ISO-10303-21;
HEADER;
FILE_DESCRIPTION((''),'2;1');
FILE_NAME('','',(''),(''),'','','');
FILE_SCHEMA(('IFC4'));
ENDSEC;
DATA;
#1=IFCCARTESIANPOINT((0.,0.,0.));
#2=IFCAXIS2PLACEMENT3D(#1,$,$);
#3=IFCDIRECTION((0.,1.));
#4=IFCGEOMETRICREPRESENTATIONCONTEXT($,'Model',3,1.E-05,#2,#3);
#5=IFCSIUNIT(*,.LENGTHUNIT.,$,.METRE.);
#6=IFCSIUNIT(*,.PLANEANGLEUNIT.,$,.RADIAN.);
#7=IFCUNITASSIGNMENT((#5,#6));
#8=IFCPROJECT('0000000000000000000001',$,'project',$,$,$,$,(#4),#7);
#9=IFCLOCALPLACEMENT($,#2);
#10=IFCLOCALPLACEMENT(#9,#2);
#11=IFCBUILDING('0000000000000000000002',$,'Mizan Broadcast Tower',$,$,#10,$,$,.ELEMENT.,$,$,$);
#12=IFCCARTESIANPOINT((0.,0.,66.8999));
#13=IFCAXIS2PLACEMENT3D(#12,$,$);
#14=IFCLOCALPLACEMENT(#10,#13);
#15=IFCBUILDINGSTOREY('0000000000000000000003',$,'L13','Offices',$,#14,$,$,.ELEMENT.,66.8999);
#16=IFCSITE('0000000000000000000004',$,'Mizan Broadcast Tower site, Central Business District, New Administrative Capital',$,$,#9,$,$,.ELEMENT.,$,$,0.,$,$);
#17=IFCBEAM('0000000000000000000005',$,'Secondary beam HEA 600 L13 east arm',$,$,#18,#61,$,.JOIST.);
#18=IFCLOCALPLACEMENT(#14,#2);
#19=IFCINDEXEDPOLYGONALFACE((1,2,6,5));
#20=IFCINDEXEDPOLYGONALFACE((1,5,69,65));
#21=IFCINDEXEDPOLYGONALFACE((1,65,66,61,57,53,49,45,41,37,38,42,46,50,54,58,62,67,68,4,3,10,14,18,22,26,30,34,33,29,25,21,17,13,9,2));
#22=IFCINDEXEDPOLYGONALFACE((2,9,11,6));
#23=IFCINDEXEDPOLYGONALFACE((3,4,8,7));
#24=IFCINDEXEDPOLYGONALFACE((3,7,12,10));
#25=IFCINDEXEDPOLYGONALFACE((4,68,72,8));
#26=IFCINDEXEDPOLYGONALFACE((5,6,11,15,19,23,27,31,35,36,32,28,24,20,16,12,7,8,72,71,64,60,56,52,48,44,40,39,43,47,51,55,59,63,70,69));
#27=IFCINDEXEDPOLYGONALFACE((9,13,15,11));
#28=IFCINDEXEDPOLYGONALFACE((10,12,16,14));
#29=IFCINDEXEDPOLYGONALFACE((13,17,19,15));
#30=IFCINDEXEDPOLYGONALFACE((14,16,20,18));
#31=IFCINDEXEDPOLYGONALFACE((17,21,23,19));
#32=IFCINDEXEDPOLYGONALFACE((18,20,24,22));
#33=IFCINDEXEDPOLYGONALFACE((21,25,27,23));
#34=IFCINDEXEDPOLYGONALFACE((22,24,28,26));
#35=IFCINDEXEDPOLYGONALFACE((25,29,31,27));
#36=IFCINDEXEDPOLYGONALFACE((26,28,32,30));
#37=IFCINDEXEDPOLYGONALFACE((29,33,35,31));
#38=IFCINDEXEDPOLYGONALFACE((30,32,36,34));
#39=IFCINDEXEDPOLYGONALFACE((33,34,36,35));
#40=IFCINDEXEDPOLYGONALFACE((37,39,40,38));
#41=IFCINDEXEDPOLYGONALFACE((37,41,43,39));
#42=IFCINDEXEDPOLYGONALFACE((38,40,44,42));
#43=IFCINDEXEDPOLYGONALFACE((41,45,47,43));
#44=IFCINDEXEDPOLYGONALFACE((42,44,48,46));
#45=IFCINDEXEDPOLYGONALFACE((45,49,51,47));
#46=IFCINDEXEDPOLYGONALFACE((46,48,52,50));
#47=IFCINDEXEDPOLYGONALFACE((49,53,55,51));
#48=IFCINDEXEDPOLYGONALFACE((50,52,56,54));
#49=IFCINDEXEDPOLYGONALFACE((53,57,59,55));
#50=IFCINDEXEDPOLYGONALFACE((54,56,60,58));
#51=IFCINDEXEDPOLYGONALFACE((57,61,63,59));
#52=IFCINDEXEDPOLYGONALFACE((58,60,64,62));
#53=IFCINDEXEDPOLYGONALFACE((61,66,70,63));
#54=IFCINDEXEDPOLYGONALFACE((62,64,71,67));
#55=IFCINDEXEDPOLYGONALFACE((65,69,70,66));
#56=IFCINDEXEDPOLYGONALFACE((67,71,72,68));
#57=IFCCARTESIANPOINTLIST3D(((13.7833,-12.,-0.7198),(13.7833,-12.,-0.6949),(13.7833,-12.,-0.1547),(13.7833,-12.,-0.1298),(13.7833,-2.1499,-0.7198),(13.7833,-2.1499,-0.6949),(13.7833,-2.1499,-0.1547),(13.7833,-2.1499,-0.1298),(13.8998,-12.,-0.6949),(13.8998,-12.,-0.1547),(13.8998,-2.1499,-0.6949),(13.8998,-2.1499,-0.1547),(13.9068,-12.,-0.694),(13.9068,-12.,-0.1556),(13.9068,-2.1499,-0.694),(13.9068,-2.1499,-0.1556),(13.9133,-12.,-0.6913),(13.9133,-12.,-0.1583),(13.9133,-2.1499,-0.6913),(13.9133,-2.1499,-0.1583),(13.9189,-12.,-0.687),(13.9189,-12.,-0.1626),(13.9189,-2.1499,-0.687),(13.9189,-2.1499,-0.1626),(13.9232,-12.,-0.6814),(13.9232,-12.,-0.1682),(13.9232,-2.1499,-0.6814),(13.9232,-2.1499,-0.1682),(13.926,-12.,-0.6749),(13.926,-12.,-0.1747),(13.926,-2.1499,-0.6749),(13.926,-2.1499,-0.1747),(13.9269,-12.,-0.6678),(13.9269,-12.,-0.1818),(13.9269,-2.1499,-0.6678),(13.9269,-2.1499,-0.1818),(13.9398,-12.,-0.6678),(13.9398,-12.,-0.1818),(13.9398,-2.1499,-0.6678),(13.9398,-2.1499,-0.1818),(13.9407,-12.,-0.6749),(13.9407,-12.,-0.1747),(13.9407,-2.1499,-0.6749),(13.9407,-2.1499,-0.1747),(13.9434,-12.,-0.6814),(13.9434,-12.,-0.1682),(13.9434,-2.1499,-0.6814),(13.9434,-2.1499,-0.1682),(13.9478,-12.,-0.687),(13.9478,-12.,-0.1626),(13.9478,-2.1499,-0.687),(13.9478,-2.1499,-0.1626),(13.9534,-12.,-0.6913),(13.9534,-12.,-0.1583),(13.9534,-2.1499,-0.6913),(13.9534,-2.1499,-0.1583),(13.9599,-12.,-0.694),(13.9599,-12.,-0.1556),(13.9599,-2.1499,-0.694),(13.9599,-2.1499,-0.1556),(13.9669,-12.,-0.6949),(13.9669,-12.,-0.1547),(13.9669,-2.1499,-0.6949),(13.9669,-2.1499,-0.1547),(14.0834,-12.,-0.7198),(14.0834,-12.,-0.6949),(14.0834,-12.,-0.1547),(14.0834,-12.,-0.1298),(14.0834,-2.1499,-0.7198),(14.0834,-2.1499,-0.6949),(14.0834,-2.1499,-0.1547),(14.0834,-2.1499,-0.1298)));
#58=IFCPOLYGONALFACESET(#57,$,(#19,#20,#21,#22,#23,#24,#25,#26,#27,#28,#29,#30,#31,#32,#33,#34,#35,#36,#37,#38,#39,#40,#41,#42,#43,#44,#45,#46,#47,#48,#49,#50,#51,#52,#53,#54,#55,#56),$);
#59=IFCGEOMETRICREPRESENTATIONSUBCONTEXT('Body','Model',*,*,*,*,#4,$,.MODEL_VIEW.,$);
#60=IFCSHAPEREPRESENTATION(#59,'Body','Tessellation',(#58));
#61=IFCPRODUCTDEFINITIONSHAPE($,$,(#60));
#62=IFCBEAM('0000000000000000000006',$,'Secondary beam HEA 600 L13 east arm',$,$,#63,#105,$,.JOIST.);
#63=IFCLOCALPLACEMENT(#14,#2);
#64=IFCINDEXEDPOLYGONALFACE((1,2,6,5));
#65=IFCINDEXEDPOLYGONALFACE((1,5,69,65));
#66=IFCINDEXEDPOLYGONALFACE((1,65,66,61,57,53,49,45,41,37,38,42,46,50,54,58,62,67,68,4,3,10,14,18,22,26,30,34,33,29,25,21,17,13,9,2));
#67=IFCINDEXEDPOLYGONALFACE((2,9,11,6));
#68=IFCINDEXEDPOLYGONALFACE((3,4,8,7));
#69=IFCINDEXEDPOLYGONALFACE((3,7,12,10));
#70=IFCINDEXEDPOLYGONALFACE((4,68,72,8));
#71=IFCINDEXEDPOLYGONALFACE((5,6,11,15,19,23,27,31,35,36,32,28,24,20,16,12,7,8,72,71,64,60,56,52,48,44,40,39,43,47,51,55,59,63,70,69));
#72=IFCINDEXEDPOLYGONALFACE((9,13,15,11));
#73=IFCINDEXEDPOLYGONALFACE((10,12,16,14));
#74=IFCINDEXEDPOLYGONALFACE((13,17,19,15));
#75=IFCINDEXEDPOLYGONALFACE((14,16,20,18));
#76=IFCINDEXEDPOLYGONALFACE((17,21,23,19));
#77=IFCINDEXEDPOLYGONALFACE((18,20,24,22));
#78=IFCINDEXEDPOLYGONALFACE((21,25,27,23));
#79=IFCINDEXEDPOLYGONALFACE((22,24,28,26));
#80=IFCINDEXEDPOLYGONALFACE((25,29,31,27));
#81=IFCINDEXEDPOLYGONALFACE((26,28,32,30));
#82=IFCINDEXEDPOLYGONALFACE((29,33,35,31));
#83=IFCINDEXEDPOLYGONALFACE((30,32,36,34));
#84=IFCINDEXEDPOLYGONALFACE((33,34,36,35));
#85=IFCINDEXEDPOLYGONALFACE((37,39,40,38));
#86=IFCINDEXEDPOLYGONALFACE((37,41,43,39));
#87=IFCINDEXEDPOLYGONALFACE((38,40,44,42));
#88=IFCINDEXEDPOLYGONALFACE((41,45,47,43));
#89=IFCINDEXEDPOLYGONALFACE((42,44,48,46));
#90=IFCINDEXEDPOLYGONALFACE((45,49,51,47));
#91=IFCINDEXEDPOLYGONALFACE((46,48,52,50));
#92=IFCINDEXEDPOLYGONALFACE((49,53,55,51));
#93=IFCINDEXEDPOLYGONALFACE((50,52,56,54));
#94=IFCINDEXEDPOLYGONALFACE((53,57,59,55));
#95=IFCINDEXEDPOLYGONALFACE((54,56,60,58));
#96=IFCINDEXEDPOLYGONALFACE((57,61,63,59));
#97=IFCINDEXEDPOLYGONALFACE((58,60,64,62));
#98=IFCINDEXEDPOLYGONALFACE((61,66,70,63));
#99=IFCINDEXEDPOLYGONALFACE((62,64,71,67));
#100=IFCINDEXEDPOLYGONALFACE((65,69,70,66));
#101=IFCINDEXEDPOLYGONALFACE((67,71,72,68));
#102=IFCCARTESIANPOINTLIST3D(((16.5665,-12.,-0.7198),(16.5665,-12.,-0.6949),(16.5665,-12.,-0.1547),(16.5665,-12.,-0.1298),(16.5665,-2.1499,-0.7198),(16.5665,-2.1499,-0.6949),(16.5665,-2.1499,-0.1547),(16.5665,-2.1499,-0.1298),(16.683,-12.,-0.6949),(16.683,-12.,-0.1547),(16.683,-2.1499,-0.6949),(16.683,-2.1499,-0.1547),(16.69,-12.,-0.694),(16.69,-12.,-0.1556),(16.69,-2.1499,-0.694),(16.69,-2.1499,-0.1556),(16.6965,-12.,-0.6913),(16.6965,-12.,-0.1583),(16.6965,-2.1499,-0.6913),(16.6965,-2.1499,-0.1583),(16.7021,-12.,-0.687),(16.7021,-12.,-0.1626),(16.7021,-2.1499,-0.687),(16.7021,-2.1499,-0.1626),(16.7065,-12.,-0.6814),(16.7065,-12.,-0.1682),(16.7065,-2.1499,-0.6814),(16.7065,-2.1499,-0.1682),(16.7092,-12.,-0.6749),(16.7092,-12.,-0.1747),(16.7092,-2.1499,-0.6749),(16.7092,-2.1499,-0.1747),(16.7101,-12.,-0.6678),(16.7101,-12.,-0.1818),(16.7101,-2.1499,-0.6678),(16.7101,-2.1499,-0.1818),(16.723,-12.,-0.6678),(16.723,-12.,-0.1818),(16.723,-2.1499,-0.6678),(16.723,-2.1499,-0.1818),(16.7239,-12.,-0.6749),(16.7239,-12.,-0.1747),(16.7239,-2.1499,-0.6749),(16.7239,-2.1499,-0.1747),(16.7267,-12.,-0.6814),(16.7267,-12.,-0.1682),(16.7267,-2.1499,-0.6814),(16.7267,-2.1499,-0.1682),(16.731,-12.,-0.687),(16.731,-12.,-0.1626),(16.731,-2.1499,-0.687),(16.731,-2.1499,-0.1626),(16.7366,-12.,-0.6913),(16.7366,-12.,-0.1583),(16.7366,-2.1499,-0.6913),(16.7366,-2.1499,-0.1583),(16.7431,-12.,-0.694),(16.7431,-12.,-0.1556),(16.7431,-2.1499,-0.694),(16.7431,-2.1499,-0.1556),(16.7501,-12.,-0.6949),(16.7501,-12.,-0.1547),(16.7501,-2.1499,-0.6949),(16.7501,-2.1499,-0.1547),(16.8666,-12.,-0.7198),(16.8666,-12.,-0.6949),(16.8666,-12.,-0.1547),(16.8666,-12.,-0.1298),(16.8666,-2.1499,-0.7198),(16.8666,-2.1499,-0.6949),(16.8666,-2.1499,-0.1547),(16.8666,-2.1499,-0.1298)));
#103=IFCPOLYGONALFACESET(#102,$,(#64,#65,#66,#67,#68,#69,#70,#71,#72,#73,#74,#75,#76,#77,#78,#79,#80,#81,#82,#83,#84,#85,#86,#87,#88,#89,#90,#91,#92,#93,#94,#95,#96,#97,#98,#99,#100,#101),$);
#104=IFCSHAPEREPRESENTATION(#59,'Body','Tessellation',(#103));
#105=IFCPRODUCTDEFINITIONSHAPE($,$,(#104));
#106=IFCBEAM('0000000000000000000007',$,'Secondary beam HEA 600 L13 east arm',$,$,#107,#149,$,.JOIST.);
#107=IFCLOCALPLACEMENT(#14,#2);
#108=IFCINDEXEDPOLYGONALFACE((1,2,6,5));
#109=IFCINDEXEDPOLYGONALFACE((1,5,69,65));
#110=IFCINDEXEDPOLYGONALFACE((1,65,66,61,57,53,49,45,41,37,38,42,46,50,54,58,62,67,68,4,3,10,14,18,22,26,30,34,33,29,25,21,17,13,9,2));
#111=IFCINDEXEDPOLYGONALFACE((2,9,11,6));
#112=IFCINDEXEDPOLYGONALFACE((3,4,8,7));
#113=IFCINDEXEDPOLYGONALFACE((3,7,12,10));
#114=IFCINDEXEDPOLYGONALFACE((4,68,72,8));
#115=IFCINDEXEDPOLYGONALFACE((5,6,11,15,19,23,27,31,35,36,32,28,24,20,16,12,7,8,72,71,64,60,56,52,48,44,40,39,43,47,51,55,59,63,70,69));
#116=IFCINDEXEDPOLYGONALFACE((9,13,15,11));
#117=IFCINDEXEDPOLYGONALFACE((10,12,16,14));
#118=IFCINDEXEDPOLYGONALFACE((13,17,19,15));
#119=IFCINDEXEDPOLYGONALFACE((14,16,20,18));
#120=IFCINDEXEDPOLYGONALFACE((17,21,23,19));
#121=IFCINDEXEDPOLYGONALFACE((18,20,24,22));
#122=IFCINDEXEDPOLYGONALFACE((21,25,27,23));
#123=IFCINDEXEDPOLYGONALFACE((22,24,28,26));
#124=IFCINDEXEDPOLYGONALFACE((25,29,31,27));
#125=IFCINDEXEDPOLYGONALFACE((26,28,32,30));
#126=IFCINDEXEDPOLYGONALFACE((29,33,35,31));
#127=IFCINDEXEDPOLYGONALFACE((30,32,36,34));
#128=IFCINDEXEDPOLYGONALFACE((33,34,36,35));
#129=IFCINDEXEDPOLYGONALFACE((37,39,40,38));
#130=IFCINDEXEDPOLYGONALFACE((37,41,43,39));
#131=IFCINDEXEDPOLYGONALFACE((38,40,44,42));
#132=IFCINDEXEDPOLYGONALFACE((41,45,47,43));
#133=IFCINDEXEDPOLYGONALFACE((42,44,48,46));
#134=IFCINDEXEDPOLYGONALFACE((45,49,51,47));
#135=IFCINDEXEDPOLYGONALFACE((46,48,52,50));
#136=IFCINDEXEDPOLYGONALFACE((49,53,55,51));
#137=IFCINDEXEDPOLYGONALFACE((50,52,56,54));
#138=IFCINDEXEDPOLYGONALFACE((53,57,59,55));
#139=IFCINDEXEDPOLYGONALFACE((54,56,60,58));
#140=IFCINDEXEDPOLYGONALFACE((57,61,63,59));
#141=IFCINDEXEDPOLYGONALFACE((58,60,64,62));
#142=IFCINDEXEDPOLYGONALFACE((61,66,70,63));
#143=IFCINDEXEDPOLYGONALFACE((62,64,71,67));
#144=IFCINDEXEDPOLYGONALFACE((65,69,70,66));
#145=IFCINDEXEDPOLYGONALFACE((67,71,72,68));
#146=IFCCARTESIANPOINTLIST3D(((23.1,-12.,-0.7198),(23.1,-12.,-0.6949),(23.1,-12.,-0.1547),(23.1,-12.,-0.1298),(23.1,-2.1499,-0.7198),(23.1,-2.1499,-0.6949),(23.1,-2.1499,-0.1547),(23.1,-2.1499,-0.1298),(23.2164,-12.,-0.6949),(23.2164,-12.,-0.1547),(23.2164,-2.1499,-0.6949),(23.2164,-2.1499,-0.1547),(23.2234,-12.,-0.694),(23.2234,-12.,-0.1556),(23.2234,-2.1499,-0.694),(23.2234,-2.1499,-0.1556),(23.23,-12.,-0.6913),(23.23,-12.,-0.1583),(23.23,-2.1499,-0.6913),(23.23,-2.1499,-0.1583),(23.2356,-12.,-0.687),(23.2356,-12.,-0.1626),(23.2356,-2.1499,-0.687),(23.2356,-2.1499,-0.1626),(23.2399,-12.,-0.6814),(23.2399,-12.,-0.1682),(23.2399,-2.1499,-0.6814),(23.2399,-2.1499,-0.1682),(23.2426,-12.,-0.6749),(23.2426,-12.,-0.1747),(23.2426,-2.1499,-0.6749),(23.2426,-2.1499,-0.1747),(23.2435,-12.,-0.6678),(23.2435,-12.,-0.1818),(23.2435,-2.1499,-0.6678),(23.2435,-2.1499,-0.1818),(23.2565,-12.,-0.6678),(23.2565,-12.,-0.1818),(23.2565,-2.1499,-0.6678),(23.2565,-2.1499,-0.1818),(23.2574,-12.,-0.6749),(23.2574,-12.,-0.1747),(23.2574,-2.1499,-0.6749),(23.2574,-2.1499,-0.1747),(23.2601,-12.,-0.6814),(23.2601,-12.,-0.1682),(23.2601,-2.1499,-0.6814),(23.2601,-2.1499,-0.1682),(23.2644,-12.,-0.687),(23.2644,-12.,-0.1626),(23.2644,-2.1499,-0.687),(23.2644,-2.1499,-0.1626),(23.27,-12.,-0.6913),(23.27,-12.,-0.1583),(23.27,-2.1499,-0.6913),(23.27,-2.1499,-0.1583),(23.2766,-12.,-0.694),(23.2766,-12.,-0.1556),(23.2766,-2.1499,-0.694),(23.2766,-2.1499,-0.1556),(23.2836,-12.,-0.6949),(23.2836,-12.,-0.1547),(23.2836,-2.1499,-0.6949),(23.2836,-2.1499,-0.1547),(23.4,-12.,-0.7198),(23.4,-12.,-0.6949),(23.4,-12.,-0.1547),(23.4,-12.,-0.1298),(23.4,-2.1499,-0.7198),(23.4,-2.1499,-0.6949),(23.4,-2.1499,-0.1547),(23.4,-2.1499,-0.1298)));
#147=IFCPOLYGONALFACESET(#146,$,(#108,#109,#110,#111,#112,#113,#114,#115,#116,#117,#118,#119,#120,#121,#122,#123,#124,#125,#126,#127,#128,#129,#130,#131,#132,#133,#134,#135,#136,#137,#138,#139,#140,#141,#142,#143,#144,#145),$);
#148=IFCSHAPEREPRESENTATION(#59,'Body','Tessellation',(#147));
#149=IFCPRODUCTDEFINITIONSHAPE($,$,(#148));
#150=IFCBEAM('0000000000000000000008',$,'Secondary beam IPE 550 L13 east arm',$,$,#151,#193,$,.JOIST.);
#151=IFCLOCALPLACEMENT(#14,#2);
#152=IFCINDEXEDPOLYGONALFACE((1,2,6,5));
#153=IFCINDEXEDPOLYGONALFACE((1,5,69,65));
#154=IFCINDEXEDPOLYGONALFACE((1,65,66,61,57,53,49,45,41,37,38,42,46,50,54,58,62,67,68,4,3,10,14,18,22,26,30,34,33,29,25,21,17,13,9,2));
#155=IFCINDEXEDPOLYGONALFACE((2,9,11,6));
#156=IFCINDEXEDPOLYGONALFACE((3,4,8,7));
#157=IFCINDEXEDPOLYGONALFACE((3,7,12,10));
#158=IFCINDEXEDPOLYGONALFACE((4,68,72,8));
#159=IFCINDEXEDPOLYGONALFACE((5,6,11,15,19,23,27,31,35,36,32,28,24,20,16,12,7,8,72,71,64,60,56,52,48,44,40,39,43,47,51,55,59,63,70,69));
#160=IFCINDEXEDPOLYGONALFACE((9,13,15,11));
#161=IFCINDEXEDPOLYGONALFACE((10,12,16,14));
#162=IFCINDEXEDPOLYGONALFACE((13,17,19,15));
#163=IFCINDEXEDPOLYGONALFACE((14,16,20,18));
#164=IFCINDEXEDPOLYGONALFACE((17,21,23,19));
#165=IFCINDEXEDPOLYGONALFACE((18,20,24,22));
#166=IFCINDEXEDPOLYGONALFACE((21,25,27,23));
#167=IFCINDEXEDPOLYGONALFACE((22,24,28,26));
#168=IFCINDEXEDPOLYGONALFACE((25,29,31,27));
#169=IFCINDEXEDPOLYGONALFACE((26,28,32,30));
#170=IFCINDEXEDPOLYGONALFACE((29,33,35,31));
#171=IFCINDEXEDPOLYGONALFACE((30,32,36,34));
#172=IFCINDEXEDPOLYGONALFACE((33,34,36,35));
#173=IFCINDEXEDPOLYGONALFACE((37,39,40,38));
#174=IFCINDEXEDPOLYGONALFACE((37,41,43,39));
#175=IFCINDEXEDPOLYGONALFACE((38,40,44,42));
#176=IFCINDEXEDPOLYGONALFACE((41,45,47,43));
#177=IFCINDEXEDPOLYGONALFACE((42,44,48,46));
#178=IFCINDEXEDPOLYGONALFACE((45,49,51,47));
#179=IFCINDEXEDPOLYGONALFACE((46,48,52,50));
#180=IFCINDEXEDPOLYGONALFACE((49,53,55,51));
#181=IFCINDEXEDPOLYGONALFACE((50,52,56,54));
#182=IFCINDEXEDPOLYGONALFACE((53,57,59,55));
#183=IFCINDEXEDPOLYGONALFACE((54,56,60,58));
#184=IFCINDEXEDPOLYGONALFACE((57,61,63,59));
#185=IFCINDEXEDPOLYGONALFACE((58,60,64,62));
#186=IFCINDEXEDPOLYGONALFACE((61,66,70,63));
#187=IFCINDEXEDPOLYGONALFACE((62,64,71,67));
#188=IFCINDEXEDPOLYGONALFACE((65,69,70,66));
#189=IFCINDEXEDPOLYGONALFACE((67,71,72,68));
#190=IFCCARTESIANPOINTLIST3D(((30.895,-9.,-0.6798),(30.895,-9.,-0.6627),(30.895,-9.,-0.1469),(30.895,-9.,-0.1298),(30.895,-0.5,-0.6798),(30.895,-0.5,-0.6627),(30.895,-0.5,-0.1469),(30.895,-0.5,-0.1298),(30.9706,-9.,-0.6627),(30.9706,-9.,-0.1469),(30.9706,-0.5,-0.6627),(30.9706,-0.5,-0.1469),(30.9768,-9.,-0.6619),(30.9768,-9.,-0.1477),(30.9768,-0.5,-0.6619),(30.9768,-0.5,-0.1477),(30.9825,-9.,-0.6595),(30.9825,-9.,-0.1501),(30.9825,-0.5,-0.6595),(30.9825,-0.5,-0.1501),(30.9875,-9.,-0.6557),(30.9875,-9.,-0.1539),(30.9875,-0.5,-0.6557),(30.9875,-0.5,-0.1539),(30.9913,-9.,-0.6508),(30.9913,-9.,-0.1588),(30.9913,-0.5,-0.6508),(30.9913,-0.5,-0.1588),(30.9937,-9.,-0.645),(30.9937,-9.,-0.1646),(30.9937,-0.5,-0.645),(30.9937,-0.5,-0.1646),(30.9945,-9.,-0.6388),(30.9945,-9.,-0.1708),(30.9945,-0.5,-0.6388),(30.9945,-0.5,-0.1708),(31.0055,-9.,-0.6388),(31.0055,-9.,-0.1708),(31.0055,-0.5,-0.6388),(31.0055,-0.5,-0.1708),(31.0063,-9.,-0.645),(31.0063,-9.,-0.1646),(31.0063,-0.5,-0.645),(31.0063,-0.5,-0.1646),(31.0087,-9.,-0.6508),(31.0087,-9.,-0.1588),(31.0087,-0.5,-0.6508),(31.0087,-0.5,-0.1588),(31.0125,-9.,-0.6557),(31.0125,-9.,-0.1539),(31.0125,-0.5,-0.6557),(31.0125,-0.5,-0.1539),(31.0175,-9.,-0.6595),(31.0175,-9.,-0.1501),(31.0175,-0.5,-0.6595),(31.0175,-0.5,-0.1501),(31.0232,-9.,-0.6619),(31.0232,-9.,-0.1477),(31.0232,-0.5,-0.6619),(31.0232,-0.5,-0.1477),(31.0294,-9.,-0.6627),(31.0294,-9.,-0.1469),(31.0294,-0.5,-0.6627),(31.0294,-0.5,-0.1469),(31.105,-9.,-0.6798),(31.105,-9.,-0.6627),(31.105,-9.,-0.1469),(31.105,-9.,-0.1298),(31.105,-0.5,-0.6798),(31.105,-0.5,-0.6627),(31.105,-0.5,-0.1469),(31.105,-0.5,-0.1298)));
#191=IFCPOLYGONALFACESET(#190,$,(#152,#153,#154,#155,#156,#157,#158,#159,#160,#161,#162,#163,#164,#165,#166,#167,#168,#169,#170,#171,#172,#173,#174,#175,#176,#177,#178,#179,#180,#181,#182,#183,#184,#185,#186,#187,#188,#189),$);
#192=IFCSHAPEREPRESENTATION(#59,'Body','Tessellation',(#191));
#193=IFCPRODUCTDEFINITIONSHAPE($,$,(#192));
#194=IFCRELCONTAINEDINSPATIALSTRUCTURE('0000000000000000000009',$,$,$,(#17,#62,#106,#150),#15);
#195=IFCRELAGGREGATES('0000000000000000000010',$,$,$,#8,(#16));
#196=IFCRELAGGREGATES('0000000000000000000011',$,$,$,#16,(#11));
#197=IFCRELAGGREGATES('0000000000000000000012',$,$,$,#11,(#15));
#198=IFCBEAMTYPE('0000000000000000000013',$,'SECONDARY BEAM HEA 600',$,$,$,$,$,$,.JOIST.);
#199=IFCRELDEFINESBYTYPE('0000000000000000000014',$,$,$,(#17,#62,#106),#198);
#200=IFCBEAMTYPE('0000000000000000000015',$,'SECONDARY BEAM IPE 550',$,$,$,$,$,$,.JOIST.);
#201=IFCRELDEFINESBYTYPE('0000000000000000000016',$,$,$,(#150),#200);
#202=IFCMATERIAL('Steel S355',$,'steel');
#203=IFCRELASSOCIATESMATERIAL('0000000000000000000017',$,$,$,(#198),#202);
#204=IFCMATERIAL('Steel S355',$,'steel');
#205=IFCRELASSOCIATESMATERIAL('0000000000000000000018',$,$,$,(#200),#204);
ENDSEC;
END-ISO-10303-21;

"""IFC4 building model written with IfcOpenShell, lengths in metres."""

from ifc_helpers import new_model, si_unit, direction, frame, origin, origin_2d, place, context, subcontext, project, spatial, i_section, extrude, material, material_profile, profile_set, type_object, element, save


model = new_model("IFC4")

# Units and contexts
model_context = context("Model", 3, precision=1e-05, world=origin(), true_north=direction((0.0, 1.0)))
body_context = subcontext(model_context, "Body", "Model", "MODEL_VIEW")
ifc_project = project(units=[si_unit("LENGTHUNIT", "METRE"), si_unit("PLANEANGLEUNIT", "RADIAN")], contexts=[model_context])

# Site, building, storey
site_placement = place(None, origin())
site = spatial("IfcSite", under=ifc_project, at=site_placement, Name="Mizan Broadcast Tower site, Central Business District, New Administrative Capital", CompositionType="ELEMENT", RefElevation=0.0)
building_placement = place(site_placement, origin())
building = spatial("IfcBuilding", under=site, at=building_placement, Name="Mizan Broadcast Tower", CompositionType="ELEMENT")
storey_placement = place(building_placement, frame((0.0, 0.0, 66.8999)))
storey = spatial("IfcBuildingStorey", under=building, at=storey_placement, Name="L13", Description="Offices", CompositionType="ELEMENT", Elevation=66.8999)

# Beams
ifc_material_1 = material(Name="Steel S355", Category="steel")
ifc_material_profile_1 = material_profile(ifc_material_1, i_section(OverallWidth=0.3, OverallDepth=0.5901, WebThickness=0.0129, FlangeThickness=0.0249, FilletRadius=0.0271, at=origin_2d()), Name="HEA 600")
ifc_profile_set_1 = profile_set([ifc_material_profile_1], Name="Steel S355")
beam_type_1 = type_object("IfcBeamType", Name="SECONDARY BEAM HEA 600", PredefinedType="JOIST", material=ifc_profile_set_1)
for number, where, z_axis, x_axis, name in (
    (1, (13.9333, -12.0, -0.4248), (0.0, 1.0, 0.0), (-1.0, 0.0, 0.0), "Secondary beam HEA 600 L13 east arm"),
    (2, (16.7166, -12.0, -0.4248), (0.0, 1.0, 0.0), (-1.0, 0.0, 0.0), "Secondary beam HEA 600 L13 east arm"),
    (3, (23.25, -12.0, -0.4248), (0.0, 1.0, 0.0), (-1.0, 0.0, 0.0), "Secondary beam HEA 600 L13 east arm"),
):
    element("IfcBeam", number, at=place(storey_placement, frame(where, z_axis=z_axis, x_axis=x_axis)), inside=storey, type_object=beam_type_1, Name=name, PredefinedType="JOIST", context=body_context, shape_type="SweptSolid", body=[
        extrude(i_section(OverallWidth=0.3, OverallDepth=0.5901, WebThickness=0.0129, FlangeThickness=0.0249, FilletRadius=0.0271, at=origin_2d()), origin(), (0.0, 0.0, 1.0), 9.8501),
    ])
ifc_material_2 = material(Name="Steel S355", Category="steel")
ifc_material_profile_2 = material_profile(ifc_material_2, i_section(OverallWidth=0.21, OverallDepth=0.55, WebThickness=0.011, FlangeThickness=0.0171, FilletRadius=0.0239, at=origin_2d()), Name="IPE 550")
ifc_profile_set_2 = profile_set([ifc_material_profile_2], Name="Steel S355")
beam_type_2 = type_object("IfcBeamType", Name="SECONDARY BEAM IPE 550", PredefinedType="JOIST", material=ifc_profile_set_2)
beam_1_placement = place(storey_placement, frame((31.0, -9.0, -0.4048), z_axis=(0.0, 1.0, 0.0), x_axis=(-1.0, 0.0, 0.0)))
element("IfcBeam", 4, at=beam_1_placement, inside=storey, type_object=beam_type_2, Name="Secondary beam IPE 550 L13 east arm", PredefinedType="JOIST", context=body_context, shape_type="SweptSolid", body=[
    extrude(i_section(OverallWidth=0.21, OverallDepth=0.55, WebThickness=0.011, FlangeThickness=0.0171, FilletRadius=0.0239, at=origin_2d()), origin(), (0.0, 0.0, 1.0), 8.5),
])

save(model, "model.ifc")
